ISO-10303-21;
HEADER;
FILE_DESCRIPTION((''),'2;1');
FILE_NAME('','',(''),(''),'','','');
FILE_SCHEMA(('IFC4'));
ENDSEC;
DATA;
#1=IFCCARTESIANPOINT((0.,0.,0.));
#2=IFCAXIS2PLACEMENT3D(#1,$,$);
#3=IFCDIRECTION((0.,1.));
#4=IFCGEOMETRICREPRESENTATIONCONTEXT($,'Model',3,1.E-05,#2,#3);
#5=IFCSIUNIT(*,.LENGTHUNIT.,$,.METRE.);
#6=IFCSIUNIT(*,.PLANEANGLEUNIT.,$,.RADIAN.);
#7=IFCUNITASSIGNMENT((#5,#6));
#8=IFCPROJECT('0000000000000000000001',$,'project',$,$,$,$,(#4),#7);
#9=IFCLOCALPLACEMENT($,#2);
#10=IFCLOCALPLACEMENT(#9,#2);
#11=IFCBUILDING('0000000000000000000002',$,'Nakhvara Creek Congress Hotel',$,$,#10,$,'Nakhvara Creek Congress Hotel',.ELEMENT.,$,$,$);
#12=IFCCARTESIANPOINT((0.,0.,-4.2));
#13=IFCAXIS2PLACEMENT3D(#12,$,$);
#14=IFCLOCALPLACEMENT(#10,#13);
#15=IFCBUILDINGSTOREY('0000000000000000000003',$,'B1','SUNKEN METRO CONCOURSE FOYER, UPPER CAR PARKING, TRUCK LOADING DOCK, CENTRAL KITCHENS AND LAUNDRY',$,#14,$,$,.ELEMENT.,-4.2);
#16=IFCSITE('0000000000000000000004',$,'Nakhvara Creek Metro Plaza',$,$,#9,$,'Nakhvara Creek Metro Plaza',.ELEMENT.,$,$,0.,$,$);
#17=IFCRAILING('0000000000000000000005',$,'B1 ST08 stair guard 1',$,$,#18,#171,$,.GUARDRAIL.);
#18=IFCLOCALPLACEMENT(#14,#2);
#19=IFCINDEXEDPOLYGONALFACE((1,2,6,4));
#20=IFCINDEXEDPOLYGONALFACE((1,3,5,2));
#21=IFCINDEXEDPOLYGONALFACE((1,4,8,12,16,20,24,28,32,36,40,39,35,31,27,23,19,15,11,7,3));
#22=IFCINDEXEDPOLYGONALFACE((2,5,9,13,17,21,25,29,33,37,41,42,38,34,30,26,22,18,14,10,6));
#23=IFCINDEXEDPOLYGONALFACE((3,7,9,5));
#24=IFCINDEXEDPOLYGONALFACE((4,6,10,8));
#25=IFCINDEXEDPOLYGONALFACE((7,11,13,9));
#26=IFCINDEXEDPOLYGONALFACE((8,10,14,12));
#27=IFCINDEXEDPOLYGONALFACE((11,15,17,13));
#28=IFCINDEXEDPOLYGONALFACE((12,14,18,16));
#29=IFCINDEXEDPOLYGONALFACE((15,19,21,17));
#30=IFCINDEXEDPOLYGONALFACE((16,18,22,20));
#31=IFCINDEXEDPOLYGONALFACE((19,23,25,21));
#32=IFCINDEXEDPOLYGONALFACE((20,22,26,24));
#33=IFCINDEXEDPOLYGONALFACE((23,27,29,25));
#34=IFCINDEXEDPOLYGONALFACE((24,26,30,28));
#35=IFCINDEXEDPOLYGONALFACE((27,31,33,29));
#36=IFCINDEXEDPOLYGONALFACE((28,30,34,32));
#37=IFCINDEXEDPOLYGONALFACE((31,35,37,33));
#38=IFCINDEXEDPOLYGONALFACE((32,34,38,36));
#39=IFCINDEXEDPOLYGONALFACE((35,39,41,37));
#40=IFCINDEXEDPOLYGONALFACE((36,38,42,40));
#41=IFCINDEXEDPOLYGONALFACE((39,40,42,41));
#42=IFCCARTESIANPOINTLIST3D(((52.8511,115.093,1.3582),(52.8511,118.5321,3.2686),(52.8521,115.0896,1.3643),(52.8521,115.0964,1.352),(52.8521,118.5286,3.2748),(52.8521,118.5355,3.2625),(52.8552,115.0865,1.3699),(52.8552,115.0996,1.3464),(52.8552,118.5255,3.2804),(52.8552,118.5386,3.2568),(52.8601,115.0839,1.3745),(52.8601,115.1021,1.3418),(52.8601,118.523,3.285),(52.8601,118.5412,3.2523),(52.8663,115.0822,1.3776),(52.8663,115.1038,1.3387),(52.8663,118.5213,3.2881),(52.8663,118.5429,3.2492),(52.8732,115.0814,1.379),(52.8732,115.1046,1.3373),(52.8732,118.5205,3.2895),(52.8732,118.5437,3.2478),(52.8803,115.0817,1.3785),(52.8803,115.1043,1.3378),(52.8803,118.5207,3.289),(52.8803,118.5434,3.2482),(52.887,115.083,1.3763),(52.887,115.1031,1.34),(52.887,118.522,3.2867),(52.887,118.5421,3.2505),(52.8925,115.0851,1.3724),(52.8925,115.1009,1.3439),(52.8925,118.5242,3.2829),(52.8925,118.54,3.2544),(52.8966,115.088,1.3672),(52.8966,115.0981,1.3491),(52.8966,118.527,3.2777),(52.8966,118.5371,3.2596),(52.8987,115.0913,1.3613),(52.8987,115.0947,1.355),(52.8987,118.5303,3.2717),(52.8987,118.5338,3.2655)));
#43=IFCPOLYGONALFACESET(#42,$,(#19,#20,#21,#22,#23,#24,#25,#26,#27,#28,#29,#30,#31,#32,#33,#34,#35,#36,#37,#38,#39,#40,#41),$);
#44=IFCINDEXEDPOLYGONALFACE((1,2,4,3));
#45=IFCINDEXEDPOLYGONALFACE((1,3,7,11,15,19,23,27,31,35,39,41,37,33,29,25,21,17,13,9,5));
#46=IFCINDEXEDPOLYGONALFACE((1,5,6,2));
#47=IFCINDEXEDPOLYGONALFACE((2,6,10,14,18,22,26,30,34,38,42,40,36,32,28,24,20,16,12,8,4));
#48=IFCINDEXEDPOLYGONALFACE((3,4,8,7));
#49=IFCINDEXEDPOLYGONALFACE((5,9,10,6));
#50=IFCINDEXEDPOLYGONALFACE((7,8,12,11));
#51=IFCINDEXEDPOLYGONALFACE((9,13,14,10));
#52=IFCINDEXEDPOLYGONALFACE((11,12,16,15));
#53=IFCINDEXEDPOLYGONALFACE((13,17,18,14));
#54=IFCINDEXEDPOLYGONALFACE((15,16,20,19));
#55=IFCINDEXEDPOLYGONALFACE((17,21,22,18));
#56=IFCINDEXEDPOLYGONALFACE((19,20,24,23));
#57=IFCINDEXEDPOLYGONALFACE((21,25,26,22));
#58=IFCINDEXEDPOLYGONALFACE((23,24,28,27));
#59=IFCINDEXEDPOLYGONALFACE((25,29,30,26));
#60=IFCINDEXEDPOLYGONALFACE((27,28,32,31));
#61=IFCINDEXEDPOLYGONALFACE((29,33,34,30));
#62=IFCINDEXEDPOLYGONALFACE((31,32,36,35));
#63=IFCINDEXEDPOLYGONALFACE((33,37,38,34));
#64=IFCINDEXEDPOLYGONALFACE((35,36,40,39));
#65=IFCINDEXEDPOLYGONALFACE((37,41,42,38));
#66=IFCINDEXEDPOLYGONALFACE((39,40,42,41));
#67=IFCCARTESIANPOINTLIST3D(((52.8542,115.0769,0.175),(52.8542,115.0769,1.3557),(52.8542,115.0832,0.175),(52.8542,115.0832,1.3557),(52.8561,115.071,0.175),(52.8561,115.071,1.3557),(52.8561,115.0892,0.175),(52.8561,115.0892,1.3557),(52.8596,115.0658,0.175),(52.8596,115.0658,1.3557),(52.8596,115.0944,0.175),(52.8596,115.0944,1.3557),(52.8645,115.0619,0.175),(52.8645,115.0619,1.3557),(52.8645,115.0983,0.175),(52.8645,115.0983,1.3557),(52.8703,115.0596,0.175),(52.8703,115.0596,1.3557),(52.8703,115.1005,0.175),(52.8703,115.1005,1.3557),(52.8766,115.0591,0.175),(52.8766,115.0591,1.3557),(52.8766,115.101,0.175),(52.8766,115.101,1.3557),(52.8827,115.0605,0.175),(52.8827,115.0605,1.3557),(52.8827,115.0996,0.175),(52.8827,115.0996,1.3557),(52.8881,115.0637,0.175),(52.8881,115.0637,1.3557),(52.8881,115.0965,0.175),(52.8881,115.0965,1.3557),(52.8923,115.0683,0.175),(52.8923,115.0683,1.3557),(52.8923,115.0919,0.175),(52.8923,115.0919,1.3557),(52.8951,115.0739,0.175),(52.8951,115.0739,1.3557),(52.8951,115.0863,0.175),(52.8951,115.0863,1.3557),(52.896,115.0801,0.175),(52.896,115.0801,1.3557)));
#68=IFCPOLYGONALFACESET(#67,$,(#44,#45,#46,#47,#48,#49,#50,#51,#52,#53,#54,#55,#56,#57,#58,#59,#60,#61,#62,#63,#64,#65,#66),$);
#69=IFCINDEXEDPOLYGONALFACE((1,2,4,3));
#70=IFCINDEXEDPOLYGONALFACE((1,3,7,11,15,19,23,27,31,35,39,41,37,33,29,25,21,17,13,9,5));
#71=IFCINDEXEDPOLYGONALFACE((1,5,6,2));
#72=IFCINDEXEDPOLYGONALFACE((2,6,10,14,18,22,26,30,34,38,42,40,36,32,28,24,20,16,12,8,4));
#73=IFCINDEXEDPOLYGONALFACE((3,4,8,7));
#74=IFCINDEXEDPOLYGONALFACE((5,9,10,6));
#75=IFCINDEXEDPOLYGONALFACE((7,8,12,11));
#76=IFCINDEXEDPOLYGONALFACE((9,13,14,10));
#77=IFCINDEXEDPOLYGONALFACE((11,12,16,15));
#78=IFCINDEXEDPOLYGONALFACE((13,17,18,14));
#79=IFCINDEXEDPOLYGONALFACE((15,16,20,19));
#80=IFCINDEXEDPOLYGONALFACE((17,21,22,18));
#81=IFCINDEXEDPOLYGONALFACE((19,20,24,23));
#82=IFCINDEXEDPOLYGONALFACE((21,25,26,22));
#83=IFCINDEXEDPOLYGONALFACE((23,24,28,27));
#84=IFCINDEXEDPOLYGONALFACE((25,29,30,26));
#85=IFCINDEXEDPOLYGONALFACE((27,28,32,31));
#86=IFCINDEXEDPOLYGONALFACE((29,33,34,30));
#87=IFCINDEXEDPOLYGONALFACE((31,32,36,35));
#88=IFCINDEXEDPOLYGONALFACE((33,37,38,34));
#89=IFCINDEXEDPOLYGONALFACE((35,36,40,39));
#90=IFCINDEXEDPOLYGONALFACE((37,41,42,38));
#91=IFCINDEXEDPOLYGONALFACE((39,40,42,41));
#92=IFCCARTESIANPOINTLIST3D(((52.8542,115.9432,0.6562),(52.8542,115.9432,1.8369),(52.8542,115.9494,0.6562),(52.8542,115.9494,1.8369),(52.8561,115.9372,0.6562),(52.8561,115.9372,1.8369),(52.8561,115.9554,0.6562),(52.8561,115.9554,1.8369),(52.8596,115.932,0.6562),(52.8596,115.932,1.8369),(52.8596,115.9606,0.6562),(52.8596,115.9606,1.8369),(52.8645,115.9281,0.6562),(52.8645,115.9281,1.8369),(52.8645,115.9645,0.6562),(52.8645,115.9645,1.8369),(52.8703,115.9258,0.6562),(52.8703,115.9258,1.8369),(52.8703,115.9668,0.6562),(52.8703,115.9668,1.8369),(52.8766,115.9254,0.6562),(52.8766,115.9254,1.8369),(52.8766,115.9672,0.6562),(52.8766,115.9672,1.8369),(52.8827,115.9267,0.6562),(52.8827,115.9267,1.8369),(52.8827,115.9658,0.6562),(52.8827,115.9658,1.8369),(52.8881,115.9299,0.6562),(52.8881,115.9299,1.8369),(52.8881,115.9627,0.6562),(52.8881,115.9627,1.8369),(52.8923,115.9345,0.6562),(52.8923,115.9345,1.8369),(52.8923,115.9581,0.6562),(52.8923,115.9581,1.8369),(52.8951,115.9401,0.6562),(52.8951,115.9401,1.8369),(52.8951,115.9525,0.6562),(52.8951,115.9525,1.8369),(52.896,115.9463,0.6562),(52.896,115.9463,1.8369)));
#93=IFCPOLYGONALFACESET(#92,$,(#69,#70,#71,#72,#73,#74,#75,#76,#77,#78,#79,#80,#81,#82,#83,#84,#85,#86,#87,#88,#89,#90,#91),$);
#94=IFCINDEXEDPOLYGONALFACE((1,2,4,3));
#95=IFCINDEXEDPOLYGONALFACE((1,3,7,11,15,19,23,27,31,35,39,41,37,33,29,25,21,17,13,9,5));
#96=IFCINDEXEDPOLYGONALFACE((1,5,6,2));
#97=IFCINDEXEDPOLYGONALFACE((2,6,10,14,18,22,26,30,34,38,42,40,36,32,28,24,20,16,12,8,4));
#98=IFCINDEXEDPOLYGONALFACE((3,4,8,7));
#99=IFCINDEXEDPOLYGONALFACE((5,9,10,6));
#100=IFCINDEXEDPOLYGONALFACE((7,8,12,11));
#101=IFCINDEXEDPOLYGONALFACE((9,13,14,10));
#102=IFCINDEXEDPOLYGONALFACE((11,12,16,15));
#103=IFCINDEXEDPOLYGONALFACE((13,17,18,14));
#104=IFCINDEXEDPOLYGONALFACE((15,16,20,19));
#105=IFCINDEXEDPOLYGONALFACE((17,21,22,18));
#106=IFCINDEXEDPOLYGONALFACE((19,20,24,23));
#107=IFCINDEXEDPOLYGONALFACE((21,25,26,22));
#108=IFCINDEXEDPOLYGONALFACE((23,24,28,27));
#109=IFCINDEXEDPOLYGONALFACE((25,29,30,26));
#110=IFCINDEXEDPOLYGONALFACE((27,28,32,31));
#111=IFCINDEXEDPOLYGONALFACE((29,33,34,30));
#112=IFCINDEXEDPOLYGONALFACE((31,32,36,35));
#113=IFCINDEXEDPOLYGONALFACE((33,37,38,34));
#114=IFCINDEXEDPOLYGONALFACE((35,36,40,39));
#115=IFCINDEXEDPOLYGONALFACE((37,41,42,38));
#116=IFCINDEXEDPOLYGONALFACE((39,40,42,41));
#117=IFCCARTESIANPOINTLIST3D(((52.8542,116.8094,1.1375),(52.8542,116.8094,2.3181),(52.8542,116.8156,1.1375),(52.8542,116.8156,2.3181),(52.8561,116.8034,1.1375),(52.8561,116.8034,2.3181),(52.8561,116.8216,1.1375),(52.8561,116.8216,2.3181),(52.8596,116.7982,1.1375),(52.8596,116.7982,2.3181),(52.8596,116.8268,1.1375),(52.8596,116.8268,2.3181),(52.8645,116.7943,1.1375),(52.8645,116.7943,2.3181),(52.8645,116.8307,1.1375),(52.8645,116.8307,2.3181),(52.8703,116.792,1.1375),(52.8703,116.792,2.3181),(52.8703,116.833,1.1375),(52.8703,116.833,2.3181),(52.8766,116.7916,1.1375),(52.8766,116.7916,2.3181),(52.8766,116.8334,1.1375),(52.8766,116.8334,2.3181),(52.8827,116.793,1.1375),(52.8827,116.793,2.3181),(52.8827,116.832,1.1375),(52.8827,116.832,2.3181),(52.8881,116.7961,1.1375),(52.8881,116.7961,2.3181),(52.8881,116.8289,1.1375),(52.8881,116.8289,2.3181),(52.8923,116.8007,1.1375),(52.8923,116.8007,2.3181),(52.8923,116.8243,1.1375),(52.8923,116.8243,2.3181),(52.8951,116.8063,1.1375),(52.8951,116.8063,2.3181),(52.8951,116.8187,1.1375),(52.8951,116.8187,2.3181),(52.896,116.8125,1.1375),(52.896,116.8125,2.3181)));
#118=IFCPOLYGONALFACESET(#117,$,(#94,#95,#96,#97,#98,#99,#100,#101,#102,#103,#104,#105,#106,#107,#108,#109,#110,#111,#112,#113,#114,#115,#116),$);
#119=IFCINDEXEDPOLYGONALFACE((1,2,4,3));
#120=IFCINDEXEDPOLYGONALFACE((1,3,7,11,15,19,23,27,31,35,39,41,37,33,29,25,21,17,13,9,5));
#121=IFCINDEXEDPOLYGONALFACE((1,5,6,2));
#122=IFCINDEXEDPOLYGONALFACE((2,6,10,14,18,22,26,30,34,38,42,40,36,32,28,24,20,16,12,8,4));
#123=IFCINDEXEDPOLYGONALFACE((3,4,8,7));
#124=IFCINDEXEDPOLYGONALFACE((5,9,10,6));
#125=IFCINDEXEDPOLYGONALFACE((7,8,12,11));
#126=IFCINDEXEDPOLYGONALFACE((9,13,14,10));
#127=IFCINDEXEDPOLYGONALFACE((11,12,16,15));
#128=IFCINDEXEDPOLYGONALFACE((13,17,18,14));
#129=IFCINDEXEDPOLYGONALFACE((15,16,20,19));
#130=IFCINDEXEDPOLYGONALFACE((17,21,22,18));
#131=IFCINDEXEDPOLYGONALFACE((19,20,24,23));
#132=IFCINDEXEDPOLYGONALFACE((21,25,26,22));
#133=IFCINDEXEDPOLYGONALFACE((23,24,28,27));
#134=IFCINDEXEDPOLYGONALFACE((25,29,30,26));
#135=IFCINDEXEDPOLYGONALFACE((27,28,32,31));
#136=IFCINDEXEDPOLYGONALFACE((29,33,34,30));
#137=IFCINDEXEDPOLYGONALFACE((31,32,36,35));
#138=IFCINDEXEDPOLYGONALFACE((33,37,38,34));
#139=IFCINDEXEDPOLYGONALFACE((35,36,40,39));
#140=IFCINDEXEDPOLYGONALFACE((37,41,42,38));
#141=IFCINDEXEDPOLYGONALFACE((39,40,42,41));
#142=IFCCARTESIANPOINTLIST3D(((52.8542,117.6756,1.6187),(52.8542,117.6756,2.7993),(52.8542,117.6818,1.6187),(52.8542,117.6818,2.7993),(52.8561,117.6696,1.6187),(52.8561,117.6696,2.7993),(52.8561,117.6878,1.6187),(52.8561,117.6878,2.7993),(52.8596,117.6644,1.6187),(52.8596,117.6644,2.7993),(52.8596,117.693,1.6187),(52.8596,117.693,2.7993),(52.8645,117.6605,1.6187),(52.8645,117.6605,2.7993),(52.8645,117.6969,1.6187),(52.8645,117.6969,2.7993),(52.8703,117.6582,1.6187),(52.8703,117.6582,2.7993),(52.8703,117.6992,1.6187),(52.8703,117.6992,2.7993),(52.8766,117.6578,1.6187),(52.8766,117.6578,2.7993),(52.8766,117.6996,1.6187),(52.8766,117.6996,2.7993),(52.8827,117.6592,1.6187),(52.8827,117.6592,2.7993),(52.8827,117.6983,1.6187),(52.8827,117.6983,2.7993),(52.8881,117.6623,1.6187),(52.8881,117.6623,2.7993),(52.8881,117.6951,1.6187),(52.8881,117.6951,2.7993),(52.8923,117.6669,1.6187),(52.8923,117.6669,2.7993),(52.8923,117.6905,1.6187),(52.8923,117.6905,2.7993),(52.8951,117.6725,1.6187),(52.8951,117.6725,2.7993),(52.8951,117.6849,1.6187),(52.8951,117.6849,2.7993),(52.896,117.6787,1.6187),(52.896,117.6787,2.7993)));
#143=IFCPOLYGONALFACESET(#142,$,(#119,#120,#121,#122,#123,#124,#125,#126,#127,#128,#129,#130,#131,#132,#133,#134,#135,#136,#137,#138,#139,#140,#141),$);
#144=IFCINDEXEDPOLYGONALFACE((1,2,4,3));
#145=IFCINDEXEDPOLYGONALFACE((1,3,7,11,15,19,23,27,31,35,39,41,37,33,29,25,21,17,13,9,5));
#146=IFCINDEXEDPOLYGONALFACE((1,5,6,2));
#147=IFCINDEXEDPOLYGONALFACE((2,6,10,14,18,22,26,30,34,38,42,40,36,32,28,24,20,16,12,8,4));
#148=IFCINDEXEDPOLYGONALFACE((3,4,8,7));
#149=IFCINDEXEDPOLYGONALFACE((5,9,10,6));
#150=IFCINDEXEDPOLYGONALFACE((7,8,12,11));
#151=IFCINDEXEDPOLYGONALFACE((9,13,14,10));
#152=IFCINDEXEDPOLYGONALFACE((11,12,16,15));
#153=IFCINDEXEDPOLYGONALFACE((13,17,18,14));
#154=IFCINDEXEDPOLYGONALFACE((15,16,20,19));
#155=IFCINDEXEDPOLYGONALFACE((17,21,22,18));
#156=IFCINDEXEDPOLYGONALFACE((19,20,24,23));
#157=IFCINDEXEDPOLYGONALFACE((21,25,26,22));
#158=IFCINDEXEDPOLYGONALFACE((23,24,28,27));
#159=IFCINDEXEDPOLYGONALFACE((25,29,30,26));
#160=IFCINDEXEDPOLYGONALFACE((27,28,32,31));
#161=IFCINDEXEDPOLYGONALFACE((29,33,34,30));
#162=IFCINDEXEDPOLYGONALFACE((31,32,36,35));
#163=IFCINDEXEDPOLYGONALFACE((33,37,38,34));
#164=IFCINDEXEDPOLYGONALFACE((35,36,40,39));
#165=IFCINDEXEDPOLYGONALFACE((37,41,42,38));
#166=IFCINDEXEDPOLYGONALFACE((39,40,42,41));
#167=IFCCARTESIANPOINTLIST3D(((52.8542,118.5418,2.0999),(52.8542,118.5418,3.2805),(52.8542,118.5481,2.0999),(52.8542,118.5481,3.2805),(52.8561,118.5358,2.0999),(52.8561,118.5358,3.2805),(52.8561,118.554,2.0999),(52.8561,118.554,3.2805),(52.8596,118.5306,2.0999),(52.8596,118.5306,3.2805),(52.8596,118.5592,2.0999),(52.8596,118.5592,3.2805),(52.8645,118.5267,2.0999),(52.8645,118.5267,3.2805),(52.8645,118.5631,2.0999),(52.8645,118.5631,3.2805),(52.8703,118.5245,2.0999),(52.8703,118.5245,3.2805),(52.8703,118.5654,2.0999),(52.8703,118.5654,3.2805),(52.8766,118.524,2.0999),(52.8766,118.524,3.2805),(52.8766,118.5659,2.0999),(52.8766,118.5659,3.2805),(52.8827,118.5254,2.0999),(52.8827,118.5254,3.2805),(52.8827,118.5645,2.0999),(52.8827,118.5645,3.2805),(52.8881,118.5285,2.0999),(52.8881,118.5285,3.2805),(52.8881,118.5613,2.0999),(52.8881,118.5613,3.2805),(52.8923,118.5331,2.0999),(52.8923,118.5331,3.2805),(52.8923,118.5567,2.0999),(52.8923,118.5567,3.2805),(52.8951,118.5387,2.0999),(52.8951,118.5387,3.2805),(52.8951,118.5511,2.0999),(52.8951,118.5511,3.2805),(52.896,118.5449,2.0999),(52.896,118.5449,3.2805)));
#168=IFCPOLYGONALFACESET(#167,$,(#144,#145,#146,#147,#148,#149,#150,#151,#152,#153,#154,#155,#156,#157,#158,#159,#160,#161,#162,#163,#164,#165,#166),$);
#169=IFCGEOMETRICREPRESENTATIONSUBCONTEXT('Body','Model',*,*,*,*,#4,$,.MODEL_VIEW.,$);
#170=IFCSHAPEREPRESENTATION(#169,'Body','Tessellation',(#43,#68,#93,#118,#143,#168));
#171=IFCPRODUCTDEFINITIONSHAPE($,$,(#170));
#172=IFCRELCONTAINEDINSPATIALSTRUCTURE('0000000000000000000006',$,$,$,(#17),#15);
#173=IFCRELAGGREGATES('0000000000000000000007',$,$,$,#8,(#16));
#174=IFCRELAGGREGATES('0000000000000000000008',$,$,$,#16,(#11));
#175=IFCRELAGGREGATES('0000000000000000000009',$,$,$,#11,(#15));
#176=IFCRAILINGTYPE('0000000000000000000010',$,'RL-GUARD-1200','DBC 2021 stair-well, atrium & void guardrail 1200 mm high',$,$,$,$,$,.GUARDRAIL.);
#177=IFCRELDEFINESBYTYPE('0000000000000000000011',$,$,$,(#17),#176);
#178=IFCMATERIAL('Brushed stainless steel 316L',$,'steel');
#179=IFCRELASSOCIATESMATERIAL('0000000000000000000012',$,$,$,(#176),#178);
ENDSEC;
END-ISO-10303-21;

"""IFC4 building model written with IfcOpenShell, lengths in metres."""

from ifc_helpers import new_model, si_unit, direction, frame, origin, origin_2d, place, context, subcontext, project, spatial, circle, extrude, material, type_object, element, save


model = new_model("IFC4")

# Units and contexts
model_context = context("Model", 3, precision=1e-05, world=origin(), true_north=direction((0.0, 1.0)))
body_context = subcontext(model_context, "Body", "Model", "MODEL_VIEW")
ifc_project = project(units=[si_unit("LENGTHUNIT", "METRE"), si_unit("PLANEANGLEUNIT", "RADIAN")], contexts=[model_context])

# Site, building, storey
site_placement = place(None, origin())
site = spatial("IfcSite", under=ifc_project, at=site_placement, Name="Nakhvara Creek Metro Plaza", LongName="Nakhvara Creek Metro Plaza", CompositionType="ELEMENT", RefElevation=0.0)
building_placement = place(site_placement, origin())
building = spatial("IfcBuilding", under=site, at=building_placement, Name="Nakhvara Creek Congress Hotel", LongName="Nakhvara Creek Congress Hotel", CompositionType="ELEMENT")
storey_placement = place(building_placement, frame((0.0, 0.0, -4.2)))
storey = spatial("IfcBuildingStorey", under=building, at=storey_placement, Name="B1", Description="SUNKEN METRO CONCOURSE FOYER, UPPER CAR PARKING, TRUCK LOADING DOCK, CENTRAL KITCHENS AND LAUNDRY", CompositionType="ELEMENT", Elevation=-4.2)

# Railing
ifc_material_1 = material(Name="Brushed stainless steel 316L", Category="steel")
railing_type_1 = type_object("IfcRailingType", Name="RL-GUARD-1200", Description="DBC 2021 stair-well, atrium & void guardrail 1200 mm high", PredefinedType="GUARDRAIL", material=ifc_material_1)
railing_1_placement = place(storey_placement, frame((52.875, 115.0801, 0.175)))
element("IfcRailing", 1, at=railing_1_placement, inside=storey, type_object=railing_type_1, Name="B1 ST08 stair guard 1", PredefinedType="GUARDRAIL", context=body_context, shape_type="SweptSolid", body=[
    extrude(circle(Radius=0.0239, at=origin_2d()), frame((0.0, 0.0129, 1.1831), z_axis=(0.0, 0.874169, 0.485622), x_axis=(-1.0, 0.0, 0.0)), (0.0, 0.0, 1.0), 3.9341),
    extrude(circle(Radius=0.021, at=origin_2d()), origin(), (0.0, 0.0, 1.0), 1.1807),
    extrude(circle(Radius=0.021, at=origin_2d()), frame((0.0, 0.8662, 0.4812)), (0.0, 0.0, 1.0), 1.1807),
    extrude(circle(Radius=0.021, at=origin_2d()), frame((0.0, 1.7324, 0.9624)), (0.0, 0.0, 1.0), 1.1807),
    extrude(circle(Radius=0.021, at=origin_2d()), frame((0.0, 2.5986, 1.4436)), (0.0, 0.0, 1.0), 1.1807),
    extrude(circle(Radius=0.021, at=origin_2d()), frame((0.0, 3.4648, 1.9248)), (0.0, 0.0, 1.0), 1.1807),
])

save(model, "model.ifc")
